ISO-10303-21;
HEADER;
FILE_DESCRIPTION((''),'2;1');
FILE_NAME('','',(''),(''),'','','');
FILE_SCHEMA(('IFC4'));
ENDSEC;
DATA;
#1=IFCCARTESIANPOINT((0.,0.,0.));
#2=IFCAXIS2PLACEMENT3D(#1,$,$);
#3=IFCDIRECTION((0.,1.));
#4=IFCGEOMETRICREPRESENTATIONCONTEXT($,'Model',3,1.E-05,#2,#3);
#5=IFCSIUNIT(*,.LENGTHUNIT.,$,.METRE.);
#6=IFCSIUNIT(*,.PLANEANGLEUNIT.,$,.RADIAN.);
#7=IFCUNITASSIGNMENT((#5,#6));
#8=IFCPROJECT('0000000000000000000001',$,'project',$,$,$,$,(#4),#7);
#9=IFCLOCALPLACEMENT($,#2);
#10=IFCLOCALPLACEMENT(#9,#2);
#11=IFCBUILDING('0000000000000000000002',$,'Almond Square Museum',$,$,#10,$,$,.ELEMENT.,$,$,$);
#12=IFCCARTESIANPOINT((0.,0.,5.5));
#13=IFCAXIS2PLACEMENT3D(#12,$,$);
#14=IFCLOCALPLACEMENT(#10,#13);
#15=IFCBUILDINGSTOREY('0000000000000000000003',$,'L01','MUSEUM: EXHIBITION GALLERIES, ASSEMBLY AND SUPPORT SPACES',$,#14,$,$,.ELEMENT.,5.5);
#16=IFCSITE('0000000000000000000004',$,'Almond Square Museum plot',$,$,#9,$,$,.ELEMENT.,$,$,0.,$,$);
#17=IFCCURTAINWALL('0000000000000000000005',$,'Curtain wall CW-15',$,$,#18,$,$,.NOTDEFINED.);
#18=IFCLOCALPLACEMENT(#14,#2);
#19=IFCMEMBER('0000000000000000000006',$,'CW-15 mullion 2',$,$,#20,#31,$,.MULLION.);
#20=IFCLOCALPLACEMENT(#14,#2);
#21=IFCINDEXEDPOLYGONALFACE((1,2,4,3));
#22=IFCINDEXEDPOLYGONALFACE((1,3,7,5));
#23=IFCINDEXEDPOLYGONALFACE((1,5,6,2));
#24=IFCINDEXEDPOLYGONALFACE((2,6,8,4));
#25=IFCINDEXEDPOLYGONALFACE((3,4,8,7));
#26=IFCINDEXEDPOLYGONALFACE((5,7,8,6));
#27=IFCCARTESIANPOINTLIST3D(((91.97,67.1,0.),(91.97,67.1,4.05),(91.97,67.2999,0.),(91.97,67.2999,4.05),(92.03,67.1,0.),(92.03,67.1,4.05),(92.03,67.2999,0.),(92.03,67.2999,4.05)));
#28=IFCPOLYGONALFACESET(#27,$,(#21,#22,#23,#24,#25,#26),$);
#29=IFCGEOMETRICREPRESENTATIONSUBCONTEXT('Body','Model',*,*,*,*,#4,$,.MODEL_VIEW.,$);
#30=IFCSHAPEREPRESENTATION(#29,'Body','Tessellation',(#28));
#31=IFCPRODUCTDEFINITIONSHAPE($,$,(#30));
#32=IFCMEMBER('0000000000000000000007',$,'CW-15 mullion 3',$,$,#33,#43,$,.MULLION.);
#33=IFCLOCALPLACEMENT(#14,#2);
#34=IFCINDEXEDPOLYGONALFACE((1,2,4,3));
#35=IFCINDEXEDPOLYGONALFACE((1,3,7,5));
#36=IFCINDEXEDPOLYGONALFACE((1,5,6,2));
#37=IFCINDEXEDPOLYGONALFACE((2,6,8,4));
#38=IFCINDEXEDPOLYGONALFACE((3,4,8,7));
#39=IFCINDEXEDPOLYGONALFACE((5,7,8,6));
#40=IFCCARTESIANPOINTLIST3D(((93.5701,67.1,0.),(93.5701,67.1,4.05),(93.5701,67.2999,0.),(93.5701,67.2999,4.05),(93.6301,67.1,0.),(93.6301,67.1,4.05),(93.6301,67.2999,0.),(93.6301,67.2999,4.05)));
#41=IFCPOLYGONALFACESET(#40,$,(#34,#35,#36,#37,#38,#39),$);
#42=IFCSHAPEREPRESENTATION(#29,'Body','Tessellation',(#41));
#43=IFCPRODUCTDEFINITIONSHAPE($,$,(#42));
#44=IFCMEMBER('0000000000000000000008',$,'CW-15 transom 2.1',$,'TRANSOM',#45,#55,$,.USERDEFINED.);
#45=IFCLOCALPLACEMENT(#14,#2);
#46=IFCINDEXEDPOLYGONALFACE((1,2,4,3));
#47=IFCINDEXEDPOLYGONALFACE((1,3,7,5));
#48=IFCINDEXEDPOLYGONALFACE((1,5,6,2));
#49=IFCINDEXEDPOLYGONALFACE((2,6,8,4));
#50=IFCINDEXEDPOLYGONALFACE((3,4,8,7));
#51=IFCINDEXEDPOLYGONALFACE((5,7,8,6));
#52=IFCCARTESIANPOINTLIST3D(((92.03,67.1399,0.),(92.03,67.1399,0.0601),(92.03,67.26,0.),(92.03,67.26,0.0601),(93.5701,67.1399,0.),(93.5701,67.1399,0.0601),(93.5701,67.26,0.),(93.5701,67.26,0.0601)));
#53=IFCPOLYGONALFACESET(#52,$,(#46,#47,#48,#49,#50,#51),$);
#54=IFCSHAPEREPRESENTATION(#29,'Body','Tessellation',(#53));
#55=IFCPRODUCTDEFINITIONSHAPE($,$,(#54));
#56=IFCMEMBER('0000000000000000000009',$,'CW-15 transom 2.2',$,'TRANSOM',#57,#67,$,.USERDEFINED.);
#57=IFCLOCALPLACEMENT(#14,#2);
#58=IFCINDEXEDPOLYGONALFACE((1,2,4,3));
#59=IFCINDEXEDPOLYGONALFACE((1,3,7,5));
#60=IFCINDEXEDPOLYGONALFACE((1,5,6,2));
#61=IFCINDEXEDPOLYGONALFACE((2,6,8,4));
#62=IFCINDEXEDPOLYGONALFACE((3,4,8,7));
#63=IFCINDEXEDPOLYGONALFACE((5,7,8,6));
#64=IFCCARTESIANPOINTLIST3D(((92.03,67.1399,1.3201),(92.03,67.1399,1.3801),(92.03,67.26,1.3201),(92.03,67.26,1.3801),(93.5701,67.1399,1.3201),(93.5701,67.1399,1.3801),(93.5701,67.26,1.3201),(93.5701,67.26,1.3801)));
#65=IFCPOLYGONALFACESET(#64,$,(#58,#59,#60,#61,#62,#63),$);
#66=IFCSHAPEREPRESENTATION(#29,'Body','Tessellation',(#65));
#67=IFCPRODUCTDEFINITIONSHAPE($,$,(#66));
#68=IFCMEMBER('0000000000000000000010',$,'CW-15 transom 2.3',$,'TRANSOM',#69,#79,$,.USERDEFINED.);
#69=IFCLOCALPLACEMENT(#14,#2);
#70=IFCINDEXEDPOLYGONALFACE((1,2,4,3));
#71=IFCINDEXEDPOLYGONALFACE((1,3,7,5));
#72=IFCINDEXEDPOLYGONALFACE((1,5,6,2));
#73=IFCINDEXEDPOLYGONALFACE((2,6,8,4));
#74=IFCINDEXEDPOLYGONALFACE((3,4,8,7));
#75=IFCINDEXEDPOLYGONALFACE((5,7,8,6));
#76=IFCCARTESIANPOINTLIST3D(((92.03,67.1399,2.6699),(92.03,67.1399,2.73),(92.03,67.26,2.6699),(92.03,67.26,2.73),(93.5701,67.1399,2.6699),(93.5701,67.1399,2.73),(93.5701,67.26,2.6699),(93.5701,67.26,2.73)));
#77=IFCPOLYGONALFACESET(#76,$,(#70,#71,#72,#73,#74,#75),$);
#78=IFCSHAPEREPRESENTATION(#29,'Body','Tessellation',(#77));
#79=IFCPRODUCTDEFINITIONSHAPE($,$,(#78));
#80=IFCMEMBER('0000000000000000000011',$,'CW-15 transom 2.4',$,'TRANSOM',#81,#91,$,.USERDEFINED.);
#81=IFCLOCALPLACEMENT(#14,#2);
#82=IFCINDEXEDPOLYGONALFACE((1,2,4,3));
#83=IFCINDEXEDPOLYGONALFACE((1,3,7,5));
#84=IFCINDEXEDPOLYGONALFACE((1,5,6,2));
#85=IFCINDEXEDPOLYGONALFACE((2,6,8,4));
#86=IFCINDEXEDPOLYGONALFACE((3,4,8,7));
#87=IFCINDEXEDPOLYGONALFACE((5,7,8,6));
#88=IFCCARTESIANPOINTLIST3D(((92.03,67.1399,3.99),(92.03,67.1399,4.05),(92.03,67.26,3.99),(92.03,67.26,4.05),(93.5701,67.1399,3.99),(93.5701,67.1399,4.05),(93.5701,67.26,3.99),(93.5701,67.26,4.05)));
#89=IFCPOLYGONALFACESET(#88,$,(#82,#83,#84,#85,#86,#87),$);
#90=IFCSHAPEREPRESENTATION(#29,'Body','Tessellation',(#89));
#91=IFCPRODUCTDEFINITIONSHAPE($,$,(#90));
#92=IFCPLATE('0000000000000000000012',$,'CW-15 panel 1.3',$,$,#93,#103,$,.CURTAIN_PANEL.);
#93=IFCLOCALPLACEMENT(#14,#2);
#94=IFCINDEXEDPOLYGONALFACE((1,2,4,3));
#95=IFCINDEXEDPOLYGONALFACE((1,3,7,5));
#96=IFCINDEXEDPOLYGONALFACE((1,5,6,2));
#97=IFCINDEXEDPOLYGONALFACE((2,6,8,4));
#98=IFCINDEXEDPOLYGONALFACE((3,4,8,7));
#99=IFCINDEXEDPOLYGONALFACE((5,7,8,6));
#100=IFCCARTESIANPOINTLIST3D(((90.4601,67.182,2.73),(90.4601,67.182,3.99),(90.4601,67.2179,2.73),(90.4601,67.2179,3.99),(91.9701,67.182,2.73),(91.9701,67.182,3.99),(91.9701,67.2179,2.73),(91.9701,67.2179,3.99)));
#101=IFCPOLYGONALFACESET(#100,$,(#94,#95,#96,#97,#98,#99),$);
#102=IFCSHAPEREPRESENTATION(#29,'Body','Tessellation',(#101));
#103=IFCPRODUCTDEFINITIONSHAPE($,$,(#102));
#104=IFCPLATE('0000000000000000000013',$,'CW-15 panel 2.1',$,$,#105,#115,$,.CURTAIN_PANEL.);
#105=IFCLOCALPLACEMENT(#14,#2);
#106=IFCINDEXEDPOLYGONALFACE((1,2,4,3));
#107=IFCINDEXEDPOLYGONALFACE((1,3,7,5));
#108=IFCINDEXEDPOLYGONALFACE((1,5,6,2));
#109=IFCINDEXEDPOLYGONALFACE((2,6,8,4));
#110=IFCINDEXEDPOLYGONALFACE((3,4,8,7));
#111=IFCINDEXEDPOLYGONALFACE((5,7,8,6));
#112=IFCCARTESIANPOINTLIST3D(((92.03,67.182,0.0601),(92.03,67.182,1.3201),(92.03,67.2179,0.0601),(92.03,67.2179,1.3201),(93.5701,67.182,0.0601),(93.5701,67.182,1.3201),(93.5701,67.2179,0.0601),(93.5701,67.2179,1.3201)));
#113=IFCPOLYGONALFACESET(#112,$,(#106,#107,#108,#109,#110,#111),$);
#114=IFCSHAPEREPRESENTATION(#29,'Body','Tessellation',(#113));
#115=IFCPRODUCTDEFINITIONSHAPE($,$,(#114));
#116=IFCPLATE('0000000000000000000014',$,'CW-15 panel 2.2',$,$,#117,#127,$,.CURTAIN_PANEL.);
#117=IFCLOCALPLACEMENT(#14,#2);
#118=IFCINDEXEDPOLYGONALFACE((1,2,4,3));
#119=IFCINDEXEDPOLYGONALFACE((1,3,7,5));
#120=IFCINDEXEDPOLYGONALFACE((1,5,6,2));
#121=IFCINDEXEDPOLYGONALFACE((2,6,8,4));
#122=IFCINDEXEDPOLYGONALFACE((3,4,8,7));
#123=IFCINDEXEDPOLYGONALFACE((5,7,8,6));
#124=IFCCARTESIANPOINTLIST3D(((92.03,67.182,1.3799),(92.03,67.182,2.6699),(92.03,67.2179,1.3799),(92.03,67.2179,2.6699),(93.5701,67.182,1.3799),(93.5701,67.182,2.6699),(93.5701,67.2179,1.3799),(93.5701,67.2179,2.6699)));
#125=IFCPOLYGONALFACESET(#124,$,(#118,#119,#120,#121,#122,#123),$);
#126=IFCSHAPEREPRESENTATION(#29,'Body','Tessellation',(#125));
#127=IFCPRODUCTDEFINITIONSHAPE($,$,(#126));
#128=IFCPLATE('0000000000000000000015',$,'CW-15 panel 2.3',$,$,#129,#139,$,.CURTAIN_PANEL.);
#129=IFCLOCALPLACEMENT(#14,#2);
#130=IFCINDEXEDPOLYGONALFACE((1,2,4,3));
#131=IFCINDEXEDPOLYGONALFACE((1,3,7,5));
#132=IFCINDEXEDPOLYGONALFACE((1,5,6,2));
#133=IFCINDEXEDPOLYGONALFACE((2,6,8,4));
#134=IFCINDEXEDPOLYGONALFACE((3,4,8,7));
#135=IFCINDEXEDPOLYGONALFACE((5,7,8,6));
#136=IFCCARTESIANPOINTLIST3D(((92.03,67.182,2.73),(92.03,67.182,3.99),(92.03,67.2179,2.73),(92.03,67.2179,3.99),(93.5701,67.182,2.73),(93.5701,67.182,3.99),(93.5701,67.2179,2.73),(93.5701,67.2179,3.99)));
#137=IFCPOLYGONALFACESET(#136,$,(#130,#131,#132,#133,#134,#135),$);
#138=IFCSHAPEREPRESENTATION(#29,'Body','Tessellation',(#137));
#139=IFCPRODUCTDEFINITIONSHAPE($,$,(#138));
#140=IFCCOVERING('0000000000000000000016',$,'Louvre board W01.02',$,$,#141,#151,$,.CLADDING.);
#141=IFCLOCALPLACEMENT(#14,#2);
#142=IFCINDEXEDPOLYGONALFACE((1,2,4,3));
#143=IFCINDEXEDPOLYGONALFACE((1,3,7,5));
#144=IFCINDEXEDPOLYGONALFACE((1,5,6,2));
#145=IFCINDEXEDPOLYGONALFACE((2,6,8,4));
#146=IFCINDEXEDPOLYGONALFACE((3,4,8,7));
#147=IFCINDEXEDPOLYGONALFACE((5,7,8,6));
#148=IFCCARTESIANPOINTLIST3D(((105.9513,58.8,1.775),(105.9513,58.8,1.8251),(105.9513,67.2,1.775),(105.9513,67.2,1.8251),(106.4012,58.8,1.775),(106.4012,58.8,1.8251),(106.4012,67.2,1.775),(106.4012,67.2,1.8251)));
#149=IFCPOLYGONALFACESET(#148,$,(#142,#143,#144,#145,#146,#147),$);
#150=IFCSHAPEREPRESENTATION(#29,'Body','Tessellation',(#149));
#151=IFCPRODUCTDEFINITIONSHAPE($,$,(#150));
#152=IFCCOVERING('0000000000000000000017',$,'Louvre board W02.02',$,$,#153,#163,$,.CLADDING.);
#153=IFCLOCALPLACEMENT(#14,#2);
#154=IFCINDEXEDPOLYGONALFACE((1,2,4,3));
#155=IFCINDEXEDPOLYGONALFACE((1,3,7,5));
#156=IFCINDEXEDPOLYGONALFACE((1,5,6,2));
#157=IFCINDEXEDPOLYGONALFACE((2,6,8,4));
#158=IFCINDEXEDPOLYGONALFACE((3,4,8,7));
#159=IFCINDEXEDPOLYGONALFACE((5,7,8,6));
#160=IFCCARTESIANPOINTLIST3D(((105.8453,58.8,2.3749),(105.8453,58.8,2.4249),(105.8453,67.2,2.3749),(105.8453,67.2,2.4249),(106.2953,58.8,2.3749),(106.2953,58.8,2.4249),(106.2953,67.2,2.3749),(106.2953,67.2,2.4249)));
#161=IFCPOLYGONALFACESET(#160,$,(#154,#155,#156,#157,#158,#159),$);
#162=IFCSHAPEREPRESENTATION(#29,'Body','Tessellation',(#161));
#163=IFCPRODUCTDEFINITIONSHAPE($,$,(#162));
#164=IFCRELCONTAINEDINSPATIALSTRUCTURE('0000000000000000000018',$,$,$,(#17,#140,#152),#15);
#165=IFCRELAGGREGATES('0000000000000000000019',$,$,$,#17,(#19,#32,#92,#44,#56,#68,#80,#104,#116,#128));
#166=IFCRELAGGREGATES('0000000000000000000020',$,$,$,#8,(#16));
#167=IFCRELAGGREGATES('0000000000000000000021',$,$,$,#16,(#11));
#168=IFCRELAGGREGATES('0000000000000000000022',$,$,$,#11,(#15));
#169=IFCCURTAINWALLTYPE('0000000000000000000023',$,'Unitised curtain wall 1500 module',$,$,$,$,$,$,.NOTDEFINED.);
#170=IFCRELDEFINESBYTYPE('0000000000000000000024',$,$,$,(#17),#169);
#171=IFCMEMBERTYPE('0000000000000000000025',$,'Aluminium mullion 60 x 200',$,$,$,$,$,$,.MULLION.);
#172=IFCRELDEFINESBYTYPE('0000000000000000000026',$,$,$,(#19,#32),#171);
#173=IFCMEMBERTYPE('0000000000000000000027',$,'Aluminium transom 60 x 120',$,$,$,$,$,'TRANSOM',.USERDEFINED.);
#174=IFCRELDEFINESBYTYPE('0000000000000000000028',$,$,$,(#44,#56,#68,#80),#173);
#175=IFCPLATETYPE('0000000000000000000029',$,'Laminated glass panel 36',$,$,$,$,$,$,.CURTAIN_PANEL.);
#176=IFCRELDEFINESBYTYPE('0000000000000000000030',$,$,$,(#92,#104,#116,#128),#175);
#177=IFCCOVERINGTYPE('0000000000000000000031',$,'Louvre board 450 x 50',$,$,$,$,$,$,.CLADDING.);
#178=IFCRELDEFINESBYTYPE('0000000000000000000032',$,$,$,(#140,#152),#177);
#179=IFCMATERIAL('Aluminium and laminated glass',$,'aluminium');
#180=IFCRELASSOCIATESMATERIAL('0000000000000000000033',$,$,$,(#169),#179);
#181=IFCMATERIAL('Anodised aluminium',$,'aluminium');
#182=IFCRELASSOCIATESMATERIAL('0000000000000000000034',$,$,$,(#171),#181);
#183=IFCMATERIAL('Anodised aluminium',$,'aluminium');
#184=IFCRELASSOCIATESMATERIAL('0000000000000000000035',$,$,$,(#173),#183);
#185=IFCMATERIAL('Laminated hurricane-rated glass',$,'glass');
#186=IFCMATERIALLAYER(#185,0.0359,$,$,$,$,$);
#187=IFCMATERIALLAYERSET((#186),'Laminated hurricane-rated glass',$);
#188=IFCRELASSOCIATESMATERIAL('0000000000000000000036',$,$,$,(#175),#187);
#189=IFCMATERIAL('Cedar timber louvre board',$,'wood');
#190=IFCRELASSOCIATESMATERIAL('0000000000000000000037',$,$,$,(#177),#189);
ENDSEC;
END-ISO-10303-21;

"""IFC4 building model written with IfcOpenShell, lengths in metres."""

from ifc_helpers import new_model, si_unit, direction, frame, origin, origin_2d, place, context, subcontext, project, spatial, rectangle, extrude, material, layer, layer_set, material_profile, profile_set, type_object, element, aggregate, save


model = new_model("IFC4")

# Units and contexts
model_context = context("Model", 3, precision=1e-05, world=origin(), true_north=direction((0.0, 1.0)))
body_context = subcontext(model_context, "Body", "Model", "MODEL_VIEW")
ifc_project = project(units=[si_unit("LENGTHUNIT", "METRE"), si_unit("PLANEANGLEUNIT", "RADIAN")], contexts=[model_context])

# Site, building, storey
site_placement = place(None, origin())
site = spatial("IfcSite", under=ifc_project, at=site_placement, Name="Almond Square Museum plot", CompositionType="ELEMENT", RefElevation=0.0)
building_placement = place(site_placement, origin())
building = spatial("IfcBuilding", under=site, at=building_placement, Name="Almond Square Museum", CompositionType="ELEMENT")
storey_placement = place(building_placement, frame((0.0, 0.0, 5.5)))
storey = spatial("IfcBuildingStorey", under=building, at=storey_placement, Name="L01", Description="MUSEUM: EXHIBITION GALLERIES, ASSEMBLY AND SUPPORT SPACES", CompositionType="ELEMENT", Elevation=5.5)

# Curtain wall, members, plates
ifc_material_1 = material(Name="Aluminium and laminated glass", Category="aluminium")
curtain_wall_type = type_object("IfcCurtainWallType", Name="Unitised curtain wall 1500 module", PredefinedType="NOTDEFINED", material=ifc_material_1)
curtain_wall_placement = place(storey_placement, origin())
curtain_wall = element("IfcCurtainWall", 1, at=curtain_wall_placement, inside=storey, type_object=curtain_wall_type, Name="Curtain wall CW-15", PredefinedType="NOTDEFINED")
ifc_material_2 = material(Name="Anodised aluminium", Category="aluminium")
ifc_material_profile_1 = material_profile(ifc_material_2, rectangle(XDim=0.2, YDim=0.0601, at=origin_2d()))
ifc_profile_set_1 = profile_set([ifc_material_profile_1], Name="Anodised aluminium")
member_type_1 = type_object("IfcMemberType", Name="Aluminium mullion 60 x 200", PredefinedType="MULLION", material=ifc_profile_set_1)
member_1_placement = place(storey_placement, frame((92.0, 67.2, 0.0), z_axis=(0.0, 0.0, 1.0), x_axis=(0.0, 1.0, 0.0)))
member_1 = element("IfcMember", 2, at=member_1_placement, type_object=member_type_1, Name="CW-15 mullion 2", PredefinedType="MULLION", context=body_context, shape_type="SweptSolid", body=[
    extrude(rectangle(XDim=0.2, YDim=0.0601, at=origin_2d()), origin(), (0.0, 0.0, 1.0), 4.05),
])
member_2_placement = place(storey_placement, frame((93.6001, 67.2, 0.0), z_axis=(0.0, 0.0, 1.0), x_axis=(0.0, 1.0, 0.0)))
member_2 = element("IfcMember", 3, at=member_2_placement, type_object=member_type_1, Name="CW-15 mullion 3", PredefinedType="MULLION", context=body_context, shape_type="SweptSolid", body=[
    extrude(rectangle(XDim=0.2, YDim=0.0601, at=origin_2d()), origin(), (0.0, 0.0, 1.0), 4.05),
])
ifc_material_3 = material(Name="Anodised aluminium", Category="aluminium")
ifc_material_profile_2 = material_profile(ifc_material_3, rectangle(XDim=0.1201, YDim=0.0601, at=origin_2d()))
ifc_profile_set_2 = profile_set([ifc_material_profile_2], Name="Anodised aluminium")
member_type_2 = type_object("IfcMemberType", Name="Aluminium transom 60 x 120", ElementType="TRANSOM", PredefinedType="USERDEFINED", material=ifc_profile_set_2)
member_3_placement = place(storey_placement, frame((92.03, 67.2, 0.03), z_axis=(1.0, 0.0, 0.0), x_axis=(0.0, 1.0, 0.0)))
member_3 = element("IfcMember", 4, at=member_3_placement, type_object=member_type_2, Name="CW-15 transom 2.1", ObjectType="TRANSOM", PredefinedType="USERDEFINED", context=body_context, shape_type="SweptSolid", body=[
    extrude(rectangle(XDim=0.1201, YDim=0.0601, at=origin_2d()), origin(), (0.0, 0.0, 1.0), 1.54),
])
member_4_placement = place(storey_placement, frame((92.03, 67.2, 1.3501), z_axis=(1.0, 0.0, 0.0), x_axis=(0.0, 1.0, 0.0)))
member_4 = element("IfcMember", 5, at=member_4_placement, type_object=member_type_2, Name="CW-15 transom 2.2", ObjectType="TRANSOM", PredefinedType="USERDEFINED", context=body_context, shape_type="SweptSolid", body=[
    extrude(rectangle(XDim=0.1201, YDim=0.0601, at=origin_2d()), origin(), (0.0, 0.0, 1.0), 1.54),
])
member_5_placement = place(storey_placement, frame((92.03, 67.2, 2.7), z_axis=(1.0, 0.0, 0.0), x_axis=(0.0, 1.0, 0.0)))
member_5 = element("IfcMember", 6, at=member_5_placement, type_object=member_type_2, Name="CW-15 transom 2.3", ObjectType="TRANSOM", PredefinedType="USERDEFINED", context=body_context, shape_type="SweptSolid", body=[
    extrude(rectangle(XDim=0.1201, YDim=0.0601, at=origin_2d()), origin(), (0.0, 0.0, 1.0), 1.54),
])
member_6_placement = place(storey_placement, frame((92.03, 67.2, 4.02), z_axis=(1.0, 0.0, 0.0), x_axis=(0.0, 1.0, 0.0)))
member_6 = element("IfcMember", 7, at=member_6_placement, type_object=member_type_2, Name="CW-15 transom 2.4", ObjectType="TRANSOM", PredefinedType="USERDEFINED", context=body_context, shape_type="SweptSolid", body=[
    extrude(rectangle(XDim=0.1201, YDim=0.0601, at=origin_2d()), origin(), (0.0, 0.0, 1.0), 1.54),
])
ifc_material_4 = material(Name="Laminated hurricane-rated glass", Category="glass")
ifc_layer_1 = layer(ifc_material_4, 0.0359)
ifc_layer_set_1 = layer_set([ifc_layer_1], Name="Laminated hurricane-rated glass")
plate_type = type_object("IfcPlateType", Name="Laminated glass panel 36", PredefinedType="CURTAIN_PANEL", material=ifc_layer_set_1)
plate_1_placement = place(storey_placement, frame((91.2151, 67.2, 2.73), z_axis=(0.0, 0.0, 1.0), x_axis=(1.0, 0.0, 0.0)))
plate_1 = element("IfcPlate", 8, at=plate_1_placement, type_object=plate_type, Name="CW-15 panel 1.3", PredefinedType="CURTAIN_PANEL", context=body_context, shape_type="SweptSolid", body=[
    extrude(rectangle(XDim=1.51, YDim=0.0359, at=origin_2d()), origin(), (0.0, 0.0, 1.0), 1.26),
])
plate_2_placement = place(storey_placement, frame((92.8, 67.2, 0.0601), z_axis=(0.0, 0.0, 1.0), x_axis=(1.0, 0.0, 0.0)))
plate_2 = element("IfcPlate", 9, at=plate_2_placement, type_object=plate_type, Name="CW-15 panel 2.1", PredefinedType="CURTAIN_PANEL", context=body_context, shape_type="SweptSolid", body=[
    extrude(rectangle(XDim=1.54, YDim=0.0359, at=origin_2d()), origin(), (0.0, 0.0, 1.0), 1.26),
])
plate_3_placement = place(storey_placement, frame((92.8, 67.2, 1.3799), z_axis=(0.0, 0.0, 1.0), x_axis=(1.0, 0.0, 0.0)))
plate_3 = element("IfcPlate", 10, at=plate_3_placement, type_object=plate_type, Name="CW-15 panel 2.2", PredefinedType="CURTAIN_PANEL", context=body_context, shape_type="SweptSolid", body=[
    extrude(rectangle(XDim=1.54, YDim=0.0359, at=origin_2d()), origin(), (0.0, 0.0, 1.0), 1.29),
])
plate_4_placement = place(storey_placement, frame((92.8, 67.2, 2.73), z_axis=(0.0, 0.0, 1.0), x_axis=(1.0, 0.0, 0.0)))
plate_4 = element("IfcPlate", 11, at=plate_4_placement, type_object=plate_type, Name="CW-15 panel 2.3", PredefinedType="CURTAIN_PANEL", context=body_context, shape_type="SweptSolid", body=[
    extrude(rectangle(XDim=1.54, YDim=0.0359, at=origin_2d()), origin(), (0.0, 0.0, 1.0), 1.26),
])
aggregate(curtain_wall, [member_1, member_2, plate_1, member_3, member_4, member_5, member_6, plate_2, plate_3, plate_4])

# Coverings
ifc_material_5 = material(Name="Cedar timber louvre board", Category="wood")
ifc_material_profile_3 = material_profile(ifc_material_5, rectangle(XDim=0.45, YDim=0.05, at=origin_2d()))
ifc_profile_set_3 = profile_set([ifc_material_profile_3], Name="Cedar timber louvre board")
covering_type_1 = type_object("IfcCoveringType", Name="Louvre board 450 x 50", PredefinedType="CLADDING", material=ifc_profile_set_3)
for number, where, z_axis, x_axis, name in (
    (12, (106.1763, 58.8, 1.8), (0.0, 1.0, 0.0), (-1.0, 0.0, 0.0), "Louvre board W01.02"),
    (13, (106.0703, 58.8, 2.3999), (0.0, 1.0, 0.0), (-1.0, 0.0, 0.0), "Louvre board W02.02"),
):
    element("IfcCovering", number, at=place(storey_placement, frame(where, z_axis=z_axis, x_axis=x_axis)), inside=storey, type_object=covering_type_1, Name=name, PredefinedType="CLADDING", context=body_context, shape_type="SweptSolid", body=[
        extrude(rectangle(XDim=0.45, YDim=0.05, at=origin_2d()), origin(), (0.0, 0.0, 1.0), 8.3999),
    ])

save(model, "model.ifc")
